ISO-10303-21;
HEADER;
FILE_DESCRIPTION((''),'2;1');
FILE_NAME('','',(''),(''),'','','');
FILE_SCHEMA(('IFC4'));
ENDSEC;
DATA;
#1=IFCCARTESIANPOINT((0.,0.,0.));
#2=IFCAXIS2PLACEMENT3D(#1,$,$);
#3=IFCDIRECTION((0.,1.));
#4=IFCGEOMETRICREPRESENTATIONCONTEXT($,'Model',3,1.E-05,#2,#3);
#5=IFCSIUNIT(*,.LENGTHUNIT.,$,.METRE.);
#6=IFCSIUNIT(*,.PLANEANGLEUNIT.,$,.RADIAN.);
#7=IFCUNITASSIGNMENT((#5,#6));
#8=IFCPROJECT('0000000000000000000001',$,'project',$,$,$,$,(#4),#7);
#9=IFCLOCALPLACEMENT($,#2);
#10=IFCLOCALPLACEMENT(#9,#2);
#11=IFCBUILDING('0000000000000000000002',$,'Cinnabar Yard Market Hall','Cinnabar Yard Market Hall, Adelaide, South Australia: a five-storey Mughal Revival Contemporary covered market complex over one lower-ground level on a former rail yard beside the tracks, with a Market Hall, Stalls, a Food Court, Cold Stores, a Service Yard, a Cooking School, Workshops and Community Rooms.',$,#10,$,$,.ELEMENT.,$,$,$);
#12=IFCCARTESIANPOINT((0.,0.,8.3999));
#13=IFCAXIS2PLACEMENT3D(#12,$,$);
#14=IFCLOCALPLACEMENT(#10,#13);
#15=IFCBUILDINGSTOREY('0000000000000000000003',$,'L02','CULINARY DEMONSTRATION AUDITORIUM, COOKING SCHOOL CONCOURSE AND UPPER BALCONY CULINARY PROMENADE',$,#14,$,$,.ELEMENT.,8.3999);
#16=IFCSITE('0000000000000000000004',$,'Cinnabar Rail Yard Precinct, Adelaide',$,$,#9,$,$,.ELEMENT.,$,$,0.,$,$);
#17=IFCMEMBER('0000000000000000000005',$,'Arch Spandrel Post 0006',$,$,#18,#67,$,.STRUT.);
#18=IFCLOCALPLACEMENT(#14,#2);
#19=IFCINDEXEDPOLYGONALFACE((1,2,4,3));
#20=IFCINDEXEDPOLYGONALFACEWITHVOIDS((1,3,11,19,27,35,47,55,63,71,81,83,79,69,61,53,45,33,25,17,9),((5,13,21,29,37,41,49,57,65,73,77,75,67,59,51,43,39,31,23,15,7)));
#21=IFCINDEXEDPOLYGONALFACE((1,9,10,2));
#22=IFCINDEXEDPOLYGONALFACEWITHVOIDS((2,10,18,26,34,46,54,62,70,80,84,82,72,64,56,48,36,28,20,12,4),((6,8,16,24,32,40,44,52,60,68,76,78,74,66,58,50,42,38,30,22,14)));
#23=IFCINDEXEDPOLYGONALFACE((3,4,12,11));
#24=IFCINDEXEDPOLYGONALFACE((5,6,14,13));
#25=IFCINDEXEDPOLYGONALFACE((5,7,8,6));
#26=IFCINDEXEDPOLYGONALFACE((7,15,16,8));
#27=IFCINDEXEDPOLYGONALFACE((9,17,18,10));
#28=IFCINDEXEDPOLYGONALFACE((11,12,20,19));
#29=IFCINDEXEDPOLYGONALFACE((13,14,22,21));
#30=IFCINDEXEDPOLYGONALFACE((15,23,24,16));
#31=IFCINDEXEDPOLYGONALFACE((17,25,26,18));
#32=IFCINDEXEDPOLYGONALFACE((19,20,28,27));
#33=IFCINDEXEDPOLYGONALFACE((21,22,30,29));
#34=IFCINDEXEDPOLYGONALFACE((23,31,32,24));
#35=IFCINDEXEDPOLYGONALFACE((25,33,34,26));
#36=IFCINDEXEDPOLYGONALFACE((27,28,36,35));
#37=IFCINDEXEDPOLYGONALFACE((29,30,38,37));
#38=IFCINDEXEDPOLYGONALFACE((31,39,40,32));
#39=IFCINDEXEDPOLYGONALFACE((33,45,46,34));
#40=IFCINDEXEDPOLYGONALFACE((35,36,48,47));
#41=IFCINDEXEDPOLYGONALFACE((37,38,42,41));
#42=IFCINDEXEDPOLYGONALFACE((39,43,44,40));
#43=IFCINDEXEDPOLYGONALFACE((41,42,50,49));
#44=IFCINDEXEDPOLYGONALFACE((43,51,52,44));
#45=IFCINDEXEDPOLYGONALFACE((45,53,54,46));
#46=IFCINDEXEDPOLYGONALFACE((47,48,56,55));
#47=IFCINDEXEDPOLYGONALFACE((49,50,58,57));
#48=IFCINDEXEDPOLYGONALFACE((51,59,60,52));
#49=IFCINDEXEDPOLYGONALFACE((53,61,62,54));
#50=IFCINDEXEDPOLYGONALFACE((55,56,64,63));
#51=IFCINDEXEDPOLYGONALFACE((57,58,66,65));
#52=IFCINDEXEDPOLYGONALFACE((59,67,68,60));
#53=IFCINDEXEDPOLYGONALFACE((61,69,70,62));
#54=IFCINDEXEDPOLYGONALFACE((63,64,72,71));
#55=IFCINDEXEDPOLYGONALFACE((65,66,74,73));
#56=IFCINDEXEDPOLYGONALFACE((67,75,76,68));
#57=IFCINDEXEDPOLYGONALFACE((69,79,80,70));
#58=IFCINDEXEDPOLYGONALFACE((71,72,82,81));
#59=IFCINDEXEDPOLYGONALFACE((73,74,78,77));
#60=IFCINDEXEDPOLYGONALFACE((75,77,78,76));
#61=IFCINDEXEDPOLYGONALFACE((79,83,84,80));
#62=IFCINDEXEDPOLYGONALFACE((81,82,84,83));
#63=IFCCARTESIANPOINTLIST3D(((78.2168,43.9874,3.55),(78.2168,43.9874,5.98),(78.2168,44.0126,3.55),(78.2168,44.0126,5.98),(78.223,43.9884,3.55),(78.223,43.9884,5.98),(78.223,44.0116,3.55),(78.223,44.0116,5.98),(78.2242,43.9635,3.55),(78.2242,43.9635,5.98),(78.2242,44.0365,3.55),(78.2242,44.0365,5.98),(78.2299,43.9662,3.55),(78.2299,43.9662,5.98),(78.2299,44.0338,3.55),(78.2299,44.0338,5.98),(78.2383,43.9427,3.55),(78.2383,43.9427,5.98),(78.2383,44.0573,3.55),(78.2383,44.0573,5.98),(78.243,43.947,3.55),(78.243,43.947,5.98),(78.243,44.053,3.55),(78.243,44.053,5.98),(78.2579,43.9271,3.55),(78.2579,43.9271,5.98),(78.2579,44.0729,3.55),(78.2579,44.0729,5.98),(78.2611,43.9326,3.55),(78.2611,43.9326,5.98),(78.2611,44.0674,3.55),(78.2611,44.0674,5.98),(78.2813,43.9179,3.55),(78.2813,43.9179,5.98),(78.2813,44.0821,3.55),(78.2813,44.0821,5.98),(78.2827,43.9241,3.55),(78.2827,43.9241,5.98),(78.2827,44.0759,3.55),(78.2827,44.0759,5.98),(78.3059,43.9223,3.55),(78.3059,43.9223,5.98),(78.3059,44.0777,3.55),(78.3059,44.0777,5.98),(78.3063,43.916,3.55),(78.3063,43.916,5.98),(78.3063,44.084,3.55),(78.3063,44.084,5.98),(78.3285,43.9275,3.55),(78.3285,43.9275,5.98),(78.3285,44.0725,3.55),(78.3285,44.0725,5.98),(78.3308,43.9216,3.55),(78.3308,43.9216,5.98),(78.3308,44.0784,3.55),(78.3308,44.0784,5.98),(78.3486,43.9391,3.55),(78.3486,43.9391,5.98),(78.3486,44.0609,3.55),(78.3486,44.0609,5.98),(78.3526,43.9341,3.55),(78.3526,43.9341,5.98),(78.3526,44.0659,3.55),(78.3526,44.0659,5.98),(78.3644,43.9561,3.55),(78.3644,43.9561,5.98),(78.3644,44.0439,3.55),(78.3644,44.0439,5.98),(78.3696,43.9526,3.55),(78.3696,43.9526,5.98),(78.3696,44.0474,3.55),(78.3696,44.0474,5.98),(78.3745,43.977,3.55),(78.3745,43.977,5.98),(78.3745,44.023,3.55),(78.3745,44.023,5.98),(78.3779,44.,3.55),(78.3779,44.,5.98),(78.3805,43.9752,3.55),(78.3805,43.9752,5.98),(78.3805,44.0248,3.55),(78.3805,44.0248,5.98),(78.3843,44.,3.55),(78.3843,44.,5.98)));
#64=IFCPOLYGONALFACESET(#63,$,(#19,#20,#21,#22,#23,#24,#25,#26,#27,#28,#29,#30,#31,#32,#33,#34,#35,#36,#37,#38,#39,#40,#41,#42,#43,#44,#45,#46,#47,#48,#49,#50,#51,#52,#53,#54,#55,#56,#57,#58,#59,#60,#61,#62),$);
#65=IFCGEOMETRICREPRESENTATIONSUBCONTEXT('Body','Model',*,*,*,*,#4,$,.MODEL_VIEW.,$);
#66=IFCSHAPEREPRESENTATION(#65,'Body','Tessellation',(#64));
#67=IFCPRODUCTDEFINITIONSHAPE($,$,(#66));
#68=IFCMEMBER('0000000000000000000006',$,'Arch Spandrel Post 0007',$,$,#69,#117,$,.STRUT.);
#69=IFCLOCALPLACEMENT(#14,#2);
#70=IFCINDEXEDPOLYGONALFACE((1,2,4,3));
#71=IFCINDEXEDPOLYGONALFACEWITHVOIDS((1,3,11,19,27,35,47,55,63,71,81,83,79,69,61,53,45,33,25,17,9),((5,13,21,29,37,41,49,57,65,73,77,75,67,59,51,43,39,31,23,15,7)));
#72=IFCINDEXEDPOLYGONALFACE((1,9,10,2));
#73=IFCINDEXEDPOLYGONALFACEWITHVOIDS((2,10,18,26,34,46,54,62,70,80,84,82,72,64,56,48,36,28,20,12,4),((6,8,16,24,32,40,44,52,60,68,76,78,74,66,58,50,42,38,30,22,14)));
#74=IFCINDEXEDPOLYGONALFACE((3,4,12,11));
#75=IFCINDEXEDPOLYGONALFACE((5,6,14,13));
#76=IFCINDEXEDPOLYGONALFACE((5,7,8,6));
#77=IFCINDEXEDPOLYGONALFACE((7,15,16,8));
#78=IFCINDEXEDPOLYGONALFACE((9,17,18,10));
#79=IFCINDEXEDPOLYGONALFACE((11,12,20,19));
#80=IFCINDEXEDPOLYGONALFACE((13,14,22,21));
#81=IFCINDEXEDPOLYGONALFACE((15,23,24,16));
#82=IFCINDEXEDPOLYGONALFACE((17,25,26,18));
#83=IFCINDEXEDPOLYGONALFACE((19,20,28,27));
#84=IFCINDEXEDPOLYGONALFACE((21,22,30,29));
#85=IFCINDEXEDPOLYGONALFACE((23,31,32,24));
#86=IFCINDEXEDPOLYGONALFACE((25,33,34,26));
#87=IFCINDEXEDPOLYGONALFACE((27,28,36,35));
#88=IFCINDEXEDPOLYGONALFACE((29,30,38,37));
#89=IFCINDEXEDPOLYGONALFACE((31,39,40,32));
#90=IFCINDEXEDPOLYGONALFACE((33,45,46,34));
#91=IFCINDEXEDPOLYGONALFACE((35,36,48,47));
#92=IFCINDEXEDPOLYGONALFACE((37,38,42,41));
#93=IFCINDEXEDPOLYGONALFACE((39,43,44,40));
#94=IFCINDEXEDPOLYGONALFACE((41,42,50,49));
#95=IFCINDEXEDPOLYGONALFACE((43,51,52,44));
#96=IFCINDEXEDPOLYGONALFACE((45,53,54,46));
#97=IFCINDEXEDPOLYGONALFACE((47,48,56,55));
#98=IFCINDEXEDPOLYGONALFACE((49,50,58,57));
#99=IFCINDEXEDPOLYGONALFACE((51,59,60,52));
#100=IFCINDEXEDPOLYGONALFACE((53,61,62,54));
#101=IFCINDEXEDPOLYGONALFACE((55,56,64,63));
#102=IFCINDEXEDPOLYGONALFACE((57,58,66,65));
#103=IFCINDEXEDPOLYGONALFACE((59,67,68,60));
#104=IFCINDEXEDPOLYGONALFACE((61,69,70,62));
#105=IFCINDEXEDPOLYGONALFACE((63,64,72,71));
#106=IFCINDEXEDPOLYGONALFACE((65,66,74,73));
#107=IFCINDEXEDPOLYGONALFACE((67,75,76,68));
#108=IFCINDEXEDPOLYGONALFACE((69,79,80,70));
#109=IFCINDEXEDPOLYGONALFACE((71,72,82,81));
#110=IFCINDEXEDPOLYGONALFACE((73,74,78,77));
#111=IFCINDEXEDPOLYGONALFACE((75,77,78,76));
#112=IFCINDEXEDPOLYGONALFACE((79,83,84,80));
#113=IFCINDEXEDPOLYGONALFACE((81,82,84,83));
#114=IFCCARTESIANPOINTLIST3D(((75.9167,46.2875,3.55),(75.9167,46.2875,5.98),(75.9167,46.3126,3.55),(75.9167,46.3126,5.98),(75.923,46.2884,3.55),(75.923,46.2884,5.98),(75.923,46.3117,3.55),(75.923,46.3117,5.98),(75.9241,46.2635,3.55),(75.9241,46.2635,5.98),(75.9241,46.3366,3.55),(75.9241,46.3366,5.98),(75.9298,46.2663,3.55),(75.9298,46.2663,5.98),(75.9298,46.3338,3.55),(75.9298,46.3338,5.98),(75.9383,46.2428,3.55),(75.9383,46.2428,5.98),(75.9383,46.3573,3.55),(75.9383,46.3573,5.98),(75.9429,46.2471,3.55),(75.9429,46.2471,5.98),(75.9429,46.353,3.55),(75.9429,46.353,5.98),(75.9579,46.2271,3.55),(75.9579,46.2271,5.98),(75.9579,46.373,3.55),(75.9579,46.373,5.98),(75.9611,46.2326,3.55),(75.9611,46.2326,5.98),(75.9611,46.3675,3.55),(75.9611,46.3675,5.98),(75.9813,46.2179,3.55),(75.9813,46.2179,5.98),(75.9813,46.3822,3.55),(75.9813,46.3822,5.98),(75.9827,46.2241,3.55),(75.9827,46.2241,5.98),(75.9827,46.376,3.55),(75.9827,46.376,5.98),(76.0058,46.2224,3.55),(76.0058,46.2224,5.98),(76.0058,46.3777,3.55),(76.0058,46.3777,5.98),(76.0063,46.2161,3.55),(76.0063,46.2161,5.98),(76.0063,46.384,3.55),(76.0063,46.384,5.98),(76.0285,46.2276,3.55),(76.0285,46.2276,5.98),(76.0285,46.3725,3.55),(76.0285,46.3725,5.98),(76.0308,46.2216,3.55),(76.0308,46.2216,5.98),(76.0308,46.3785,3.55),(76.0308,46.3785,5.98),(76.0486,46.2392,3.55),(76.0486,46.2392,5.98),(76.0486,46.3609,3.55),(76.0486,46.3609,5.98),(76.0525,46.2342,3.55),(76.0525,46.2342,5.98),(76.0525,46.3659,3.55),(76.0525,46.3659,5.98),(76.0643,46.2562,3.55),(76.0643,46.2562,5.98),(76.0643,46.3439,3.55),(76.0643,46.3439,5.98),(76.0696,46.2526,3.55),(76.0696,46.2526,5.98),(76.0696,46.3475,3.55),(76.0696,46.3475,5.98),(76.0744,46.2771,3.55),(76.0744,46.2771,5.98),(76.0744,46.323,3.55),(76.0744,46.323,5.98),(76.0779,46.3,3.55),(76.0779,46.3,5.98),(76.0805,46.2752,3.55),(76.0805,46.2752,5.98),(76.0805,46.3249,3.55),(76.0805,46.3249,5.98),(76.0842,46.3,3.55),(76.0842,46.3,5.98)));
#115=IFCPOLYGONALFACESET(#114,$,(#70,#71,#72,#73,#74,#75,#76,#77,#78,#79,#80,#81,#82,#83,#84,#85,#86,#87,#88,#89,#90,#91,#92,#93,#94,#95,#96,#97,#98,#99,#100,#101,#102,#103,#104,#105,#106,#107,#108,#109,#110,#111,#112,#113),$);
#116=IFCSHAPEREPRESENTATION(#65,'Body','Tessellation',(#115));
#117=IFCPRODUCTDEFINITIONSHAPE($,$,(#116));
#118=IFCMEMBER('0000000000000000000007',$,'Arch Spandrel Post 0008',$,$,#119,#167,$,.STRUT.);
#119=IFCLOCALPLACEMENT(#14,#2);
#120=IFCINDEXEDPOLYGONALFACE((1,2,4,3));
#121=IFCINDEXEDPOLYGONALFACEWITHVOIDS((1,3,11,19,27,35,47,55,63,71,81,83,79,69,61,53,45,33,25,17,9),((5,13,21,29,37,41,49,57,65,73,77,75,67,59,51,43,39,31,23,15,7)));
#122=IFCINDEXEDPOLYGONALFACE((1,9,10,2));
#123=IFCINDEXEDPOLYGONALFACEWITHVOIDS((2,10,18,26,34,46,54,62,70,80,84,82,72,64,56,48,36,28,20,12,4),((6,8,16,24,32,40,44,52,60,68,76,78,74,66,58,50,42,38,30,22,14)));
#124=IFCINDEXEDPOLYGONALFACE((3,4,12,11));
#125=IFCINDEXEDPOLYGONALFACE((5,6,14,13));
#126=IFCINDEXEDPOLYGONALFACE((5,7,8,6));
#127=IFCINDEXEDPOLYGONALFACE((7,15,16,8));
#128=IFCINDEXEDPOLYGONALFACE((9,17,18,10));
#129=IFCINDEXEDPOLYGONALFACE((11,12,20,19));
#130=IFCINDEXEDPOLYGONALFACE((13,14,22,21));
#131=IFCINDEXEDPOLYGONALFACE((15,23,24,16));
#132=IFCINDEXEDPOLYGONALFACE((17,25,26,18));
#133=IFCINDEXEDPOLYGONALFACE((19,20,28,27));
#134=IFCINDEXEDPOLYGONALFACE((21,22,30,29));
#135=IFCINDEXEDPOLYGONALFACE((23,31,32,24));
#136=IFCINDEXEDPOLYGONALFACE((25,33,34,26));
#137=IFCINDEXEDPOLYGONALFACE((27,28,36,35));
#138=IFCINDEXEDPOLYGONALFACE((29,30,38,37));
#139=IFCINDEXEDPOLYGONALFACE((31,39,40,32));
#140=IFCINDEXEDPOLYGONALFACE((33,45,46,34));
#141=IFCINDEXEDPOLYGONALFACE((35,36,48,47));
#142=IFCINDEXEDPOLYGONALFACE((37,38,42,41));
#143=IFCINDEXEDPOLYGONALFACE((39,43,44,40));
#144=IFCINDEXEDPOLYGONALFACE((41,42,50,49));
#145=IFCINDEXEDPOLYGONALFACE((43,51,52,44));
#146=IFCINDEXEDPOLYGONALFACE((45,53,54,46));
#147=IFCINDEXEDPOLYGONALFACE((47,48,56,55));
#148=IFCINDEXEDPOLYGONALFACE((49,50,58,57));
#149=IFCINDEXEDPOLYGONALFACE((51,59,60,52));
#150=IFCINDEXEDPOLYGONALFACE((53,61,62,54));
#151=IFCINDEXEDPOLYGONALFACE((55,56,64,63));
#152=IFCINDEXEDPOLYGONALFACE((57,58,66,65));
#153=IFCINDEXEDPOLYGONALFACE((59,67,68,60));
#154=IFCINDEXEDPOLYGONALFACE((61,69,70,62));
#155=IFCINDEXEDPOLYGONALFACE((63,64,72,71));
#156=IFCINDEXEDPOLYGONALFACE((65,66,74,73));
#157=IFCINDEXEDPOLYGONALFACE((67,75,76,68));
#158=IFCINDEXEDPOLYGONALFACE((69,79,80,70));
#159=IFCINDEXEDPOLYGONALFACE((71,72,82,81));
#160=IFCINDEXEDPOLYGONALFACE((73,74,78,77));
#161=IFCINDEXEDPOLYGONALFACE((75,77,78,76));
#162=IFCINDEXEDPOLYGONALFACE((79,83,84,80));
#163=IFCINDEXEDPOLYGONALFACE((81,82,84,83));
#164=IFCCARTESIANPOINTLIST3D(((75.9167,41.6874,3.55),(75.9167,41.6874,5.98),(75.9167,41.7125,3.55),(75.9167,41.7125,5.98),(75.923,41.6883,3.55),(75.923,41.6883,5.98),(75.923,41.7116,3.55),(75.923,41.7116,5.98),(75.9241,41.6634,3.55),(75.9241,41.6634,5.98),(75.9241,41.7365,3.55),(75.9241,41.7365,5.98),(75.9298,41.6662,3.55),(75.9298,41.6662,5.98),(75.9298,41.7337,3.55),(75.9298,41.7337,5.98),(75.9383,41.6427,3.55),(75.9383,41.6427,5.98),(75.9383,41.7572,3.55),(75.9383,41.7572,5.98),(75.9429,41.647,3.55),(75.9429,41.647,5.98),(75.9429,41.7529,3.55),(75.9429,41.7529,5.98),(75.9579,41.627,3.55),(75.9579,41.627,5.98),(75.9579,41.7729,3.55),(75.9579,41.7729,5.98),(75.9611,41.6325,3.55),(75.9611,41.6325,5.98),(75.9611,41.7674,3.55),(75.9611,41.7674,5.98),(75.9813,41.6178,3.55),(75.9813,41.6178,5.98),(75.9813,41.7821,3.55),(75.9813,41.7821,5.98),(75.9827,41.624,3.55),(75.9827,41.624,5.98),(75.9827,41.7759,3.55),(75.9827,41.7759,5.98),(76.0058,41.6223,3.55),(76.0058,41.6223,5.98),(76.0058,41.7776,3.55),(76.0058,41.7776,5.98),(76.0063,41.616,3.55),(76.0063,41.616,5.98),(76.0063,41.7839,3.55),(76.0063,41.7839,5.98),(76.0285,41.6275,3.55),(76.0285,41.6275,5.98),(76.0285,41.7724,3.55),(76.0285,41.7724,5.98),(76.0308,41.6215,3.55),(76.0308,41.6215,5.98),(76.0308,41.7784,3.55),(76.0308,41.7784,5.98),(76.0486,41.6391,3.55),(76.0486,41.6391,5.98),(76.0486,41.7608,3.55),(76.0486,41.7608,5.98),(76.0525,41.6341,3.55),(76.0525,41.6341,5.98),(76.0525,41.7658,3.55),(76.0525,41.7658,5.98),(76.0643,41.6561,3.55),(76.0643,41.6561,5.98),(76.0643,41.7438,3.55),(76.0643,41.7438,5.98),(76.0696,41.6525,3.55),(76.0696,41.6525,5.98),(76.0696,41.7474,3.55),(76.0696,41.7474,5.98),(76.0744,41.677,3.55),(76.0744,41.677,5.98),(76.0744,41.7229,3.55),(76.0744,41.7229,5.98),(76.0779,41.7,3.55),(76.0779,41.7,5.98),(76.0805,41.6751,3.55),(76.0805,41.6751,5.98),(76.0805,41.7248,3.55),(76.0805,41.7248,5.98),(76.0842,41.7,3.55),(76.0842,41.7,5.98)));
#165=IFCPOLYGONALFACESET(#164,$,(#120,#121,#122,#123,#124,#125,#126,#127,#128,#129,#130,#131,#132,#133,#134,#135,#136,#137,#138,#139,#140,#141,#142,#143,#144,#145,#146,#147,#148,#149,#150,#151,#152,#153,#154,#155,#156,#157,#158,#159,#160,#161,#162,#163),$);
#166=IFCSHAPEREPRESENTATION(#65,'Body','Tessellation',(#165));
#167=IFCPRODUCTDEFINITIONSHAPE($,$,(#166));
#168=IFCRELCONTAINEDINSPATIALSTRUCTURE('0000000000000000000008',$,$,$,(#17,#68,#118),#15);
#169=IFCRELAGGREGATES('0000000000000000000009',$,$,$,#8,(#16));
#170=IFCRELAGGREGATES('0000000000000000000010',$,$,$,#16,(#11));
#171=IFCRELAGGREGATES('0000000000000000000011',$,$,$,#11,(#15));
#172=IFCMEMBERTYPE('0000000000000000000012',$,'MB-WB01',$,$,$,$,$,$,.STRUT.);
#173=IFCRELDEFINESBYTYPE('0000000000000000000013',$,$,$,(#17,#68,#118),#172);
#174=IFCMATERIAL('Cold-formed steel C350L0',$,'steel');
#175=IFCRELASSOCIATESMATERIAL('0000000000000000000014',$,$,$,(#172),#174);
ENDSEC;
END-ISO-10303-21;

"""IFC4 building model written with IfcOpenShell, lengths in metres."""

from ifc_helpers import new_model, si_unit, direction, frame, origin, origin_2d_with_axis, place, context, subcontext, project, spatial, hollow_circle, extrude, material, material_profile, profile_set, type_object, element, save


model = new_model("IFC4")

# Units and contexts
model_context = context("Model", 3, precision=1e-05, world=origin(), true_north=direction((0.0, 1.0)))
body_context = subcontext(model_context, "Body", "Model", "MODEL_VIEW")
ifc_project = project(units=[si_unit("LENGTHUNIT", "METRE"), si_unit("PLANEANGLEUNIT", "RADIAN")], contexts=[model_context])

# Site, building, storey
site_placement = place(None, origin())
site = spatial("IfcSite", under=ifc_project, at=site_placement, Name="Cinnabar Rail Yard Precinct, Adelaide", CompositionType="ELEMENT", RefElevation=0.0)
building_placement = place(site_placement, origin())
building = spatial("IfcBuilding", under=site, at=building_placement, Name="Cinnabar Yard Market Hall", Description="Cinnabar Yard Market Hall, Adelaide, South Australia: a five-storey Mughal Revival Contemporary covered market complex over one lower-ground level on a former rail yard beside the tracks, with a Market Hall, Stalls, a Food Court, Cold Stores, a Service Yard, a Cooking School, Workshops and Community Rooms.", CompositionType="ELEMENT")
storey_placement = place(building_placement, frame((0.0, 0.0, 8.3999)))
storey = spatial("IfcBuildingStorey", under=building, at=storey_placement, Name="L02", Description="CULINARY DEMONSTRATION AUDITORIUM, COOKING SCHOOL CONCOURSE AND UPPER BALCONY CULINARY PROMENADE", CompositionType="ELEMENT", Elevation=8.3999)

# Shared definitions
ifc_material_1 = material(Name="Cold-formed steel C350L0", Category="steel")

# Members
ifc_material_profile_1 = material_profile(ifc_material_1, hollow_circle(Radius=0.0842, WallThickness=0.0063, at=origin_2d_with_axis()), Name="168.3x6.4CHS")
ifc_profile_set_1 = profile_set([ifc_material_profile_1], Name="Cold-formed steel C350L0")
member_type_1 = type_object("IfcMemberType", Name="MB-WB01", PredefinedType="STRUT", material=ifc_profile_set_1)
for number, where, z_axis, x_axis, name in (
    (1, (78.3, 44.0, 3.55), (0.0, 0.0, 1.0), (1.0, 0.0, 0.0), "Arch Spandrel Post 0006"),
    (2, (76.0, 46.3, 3.55), (0.0, 0.0, 1.0), (1.0, 0.0, 0.0), "Arch Spandrel Post 0007"),
    (3, (76.0, 41.7, 3.55), (0.0, 0.0, 1.0), (1.0, 0.0, 0.0), "Arch Spandrel Post 0008"),
):
    element("IfcMember", number, at=place(storey_placement, frame(where, z_axis=z_axis, x_axis=x_axis)), inside=storey, type_object=member_type_1, Name=name, PredefinedType="STRUT", context=body_context, shape_type="SweptSolid", body=[
        extrude(hollow_circle(Radius=0.0842, WallThickness=0.0063, at=origin_2d_with_axis()), origin(), (0.0, 0.0, 1.0), 2.4299),
    ])

save(model, "model.ifc")
